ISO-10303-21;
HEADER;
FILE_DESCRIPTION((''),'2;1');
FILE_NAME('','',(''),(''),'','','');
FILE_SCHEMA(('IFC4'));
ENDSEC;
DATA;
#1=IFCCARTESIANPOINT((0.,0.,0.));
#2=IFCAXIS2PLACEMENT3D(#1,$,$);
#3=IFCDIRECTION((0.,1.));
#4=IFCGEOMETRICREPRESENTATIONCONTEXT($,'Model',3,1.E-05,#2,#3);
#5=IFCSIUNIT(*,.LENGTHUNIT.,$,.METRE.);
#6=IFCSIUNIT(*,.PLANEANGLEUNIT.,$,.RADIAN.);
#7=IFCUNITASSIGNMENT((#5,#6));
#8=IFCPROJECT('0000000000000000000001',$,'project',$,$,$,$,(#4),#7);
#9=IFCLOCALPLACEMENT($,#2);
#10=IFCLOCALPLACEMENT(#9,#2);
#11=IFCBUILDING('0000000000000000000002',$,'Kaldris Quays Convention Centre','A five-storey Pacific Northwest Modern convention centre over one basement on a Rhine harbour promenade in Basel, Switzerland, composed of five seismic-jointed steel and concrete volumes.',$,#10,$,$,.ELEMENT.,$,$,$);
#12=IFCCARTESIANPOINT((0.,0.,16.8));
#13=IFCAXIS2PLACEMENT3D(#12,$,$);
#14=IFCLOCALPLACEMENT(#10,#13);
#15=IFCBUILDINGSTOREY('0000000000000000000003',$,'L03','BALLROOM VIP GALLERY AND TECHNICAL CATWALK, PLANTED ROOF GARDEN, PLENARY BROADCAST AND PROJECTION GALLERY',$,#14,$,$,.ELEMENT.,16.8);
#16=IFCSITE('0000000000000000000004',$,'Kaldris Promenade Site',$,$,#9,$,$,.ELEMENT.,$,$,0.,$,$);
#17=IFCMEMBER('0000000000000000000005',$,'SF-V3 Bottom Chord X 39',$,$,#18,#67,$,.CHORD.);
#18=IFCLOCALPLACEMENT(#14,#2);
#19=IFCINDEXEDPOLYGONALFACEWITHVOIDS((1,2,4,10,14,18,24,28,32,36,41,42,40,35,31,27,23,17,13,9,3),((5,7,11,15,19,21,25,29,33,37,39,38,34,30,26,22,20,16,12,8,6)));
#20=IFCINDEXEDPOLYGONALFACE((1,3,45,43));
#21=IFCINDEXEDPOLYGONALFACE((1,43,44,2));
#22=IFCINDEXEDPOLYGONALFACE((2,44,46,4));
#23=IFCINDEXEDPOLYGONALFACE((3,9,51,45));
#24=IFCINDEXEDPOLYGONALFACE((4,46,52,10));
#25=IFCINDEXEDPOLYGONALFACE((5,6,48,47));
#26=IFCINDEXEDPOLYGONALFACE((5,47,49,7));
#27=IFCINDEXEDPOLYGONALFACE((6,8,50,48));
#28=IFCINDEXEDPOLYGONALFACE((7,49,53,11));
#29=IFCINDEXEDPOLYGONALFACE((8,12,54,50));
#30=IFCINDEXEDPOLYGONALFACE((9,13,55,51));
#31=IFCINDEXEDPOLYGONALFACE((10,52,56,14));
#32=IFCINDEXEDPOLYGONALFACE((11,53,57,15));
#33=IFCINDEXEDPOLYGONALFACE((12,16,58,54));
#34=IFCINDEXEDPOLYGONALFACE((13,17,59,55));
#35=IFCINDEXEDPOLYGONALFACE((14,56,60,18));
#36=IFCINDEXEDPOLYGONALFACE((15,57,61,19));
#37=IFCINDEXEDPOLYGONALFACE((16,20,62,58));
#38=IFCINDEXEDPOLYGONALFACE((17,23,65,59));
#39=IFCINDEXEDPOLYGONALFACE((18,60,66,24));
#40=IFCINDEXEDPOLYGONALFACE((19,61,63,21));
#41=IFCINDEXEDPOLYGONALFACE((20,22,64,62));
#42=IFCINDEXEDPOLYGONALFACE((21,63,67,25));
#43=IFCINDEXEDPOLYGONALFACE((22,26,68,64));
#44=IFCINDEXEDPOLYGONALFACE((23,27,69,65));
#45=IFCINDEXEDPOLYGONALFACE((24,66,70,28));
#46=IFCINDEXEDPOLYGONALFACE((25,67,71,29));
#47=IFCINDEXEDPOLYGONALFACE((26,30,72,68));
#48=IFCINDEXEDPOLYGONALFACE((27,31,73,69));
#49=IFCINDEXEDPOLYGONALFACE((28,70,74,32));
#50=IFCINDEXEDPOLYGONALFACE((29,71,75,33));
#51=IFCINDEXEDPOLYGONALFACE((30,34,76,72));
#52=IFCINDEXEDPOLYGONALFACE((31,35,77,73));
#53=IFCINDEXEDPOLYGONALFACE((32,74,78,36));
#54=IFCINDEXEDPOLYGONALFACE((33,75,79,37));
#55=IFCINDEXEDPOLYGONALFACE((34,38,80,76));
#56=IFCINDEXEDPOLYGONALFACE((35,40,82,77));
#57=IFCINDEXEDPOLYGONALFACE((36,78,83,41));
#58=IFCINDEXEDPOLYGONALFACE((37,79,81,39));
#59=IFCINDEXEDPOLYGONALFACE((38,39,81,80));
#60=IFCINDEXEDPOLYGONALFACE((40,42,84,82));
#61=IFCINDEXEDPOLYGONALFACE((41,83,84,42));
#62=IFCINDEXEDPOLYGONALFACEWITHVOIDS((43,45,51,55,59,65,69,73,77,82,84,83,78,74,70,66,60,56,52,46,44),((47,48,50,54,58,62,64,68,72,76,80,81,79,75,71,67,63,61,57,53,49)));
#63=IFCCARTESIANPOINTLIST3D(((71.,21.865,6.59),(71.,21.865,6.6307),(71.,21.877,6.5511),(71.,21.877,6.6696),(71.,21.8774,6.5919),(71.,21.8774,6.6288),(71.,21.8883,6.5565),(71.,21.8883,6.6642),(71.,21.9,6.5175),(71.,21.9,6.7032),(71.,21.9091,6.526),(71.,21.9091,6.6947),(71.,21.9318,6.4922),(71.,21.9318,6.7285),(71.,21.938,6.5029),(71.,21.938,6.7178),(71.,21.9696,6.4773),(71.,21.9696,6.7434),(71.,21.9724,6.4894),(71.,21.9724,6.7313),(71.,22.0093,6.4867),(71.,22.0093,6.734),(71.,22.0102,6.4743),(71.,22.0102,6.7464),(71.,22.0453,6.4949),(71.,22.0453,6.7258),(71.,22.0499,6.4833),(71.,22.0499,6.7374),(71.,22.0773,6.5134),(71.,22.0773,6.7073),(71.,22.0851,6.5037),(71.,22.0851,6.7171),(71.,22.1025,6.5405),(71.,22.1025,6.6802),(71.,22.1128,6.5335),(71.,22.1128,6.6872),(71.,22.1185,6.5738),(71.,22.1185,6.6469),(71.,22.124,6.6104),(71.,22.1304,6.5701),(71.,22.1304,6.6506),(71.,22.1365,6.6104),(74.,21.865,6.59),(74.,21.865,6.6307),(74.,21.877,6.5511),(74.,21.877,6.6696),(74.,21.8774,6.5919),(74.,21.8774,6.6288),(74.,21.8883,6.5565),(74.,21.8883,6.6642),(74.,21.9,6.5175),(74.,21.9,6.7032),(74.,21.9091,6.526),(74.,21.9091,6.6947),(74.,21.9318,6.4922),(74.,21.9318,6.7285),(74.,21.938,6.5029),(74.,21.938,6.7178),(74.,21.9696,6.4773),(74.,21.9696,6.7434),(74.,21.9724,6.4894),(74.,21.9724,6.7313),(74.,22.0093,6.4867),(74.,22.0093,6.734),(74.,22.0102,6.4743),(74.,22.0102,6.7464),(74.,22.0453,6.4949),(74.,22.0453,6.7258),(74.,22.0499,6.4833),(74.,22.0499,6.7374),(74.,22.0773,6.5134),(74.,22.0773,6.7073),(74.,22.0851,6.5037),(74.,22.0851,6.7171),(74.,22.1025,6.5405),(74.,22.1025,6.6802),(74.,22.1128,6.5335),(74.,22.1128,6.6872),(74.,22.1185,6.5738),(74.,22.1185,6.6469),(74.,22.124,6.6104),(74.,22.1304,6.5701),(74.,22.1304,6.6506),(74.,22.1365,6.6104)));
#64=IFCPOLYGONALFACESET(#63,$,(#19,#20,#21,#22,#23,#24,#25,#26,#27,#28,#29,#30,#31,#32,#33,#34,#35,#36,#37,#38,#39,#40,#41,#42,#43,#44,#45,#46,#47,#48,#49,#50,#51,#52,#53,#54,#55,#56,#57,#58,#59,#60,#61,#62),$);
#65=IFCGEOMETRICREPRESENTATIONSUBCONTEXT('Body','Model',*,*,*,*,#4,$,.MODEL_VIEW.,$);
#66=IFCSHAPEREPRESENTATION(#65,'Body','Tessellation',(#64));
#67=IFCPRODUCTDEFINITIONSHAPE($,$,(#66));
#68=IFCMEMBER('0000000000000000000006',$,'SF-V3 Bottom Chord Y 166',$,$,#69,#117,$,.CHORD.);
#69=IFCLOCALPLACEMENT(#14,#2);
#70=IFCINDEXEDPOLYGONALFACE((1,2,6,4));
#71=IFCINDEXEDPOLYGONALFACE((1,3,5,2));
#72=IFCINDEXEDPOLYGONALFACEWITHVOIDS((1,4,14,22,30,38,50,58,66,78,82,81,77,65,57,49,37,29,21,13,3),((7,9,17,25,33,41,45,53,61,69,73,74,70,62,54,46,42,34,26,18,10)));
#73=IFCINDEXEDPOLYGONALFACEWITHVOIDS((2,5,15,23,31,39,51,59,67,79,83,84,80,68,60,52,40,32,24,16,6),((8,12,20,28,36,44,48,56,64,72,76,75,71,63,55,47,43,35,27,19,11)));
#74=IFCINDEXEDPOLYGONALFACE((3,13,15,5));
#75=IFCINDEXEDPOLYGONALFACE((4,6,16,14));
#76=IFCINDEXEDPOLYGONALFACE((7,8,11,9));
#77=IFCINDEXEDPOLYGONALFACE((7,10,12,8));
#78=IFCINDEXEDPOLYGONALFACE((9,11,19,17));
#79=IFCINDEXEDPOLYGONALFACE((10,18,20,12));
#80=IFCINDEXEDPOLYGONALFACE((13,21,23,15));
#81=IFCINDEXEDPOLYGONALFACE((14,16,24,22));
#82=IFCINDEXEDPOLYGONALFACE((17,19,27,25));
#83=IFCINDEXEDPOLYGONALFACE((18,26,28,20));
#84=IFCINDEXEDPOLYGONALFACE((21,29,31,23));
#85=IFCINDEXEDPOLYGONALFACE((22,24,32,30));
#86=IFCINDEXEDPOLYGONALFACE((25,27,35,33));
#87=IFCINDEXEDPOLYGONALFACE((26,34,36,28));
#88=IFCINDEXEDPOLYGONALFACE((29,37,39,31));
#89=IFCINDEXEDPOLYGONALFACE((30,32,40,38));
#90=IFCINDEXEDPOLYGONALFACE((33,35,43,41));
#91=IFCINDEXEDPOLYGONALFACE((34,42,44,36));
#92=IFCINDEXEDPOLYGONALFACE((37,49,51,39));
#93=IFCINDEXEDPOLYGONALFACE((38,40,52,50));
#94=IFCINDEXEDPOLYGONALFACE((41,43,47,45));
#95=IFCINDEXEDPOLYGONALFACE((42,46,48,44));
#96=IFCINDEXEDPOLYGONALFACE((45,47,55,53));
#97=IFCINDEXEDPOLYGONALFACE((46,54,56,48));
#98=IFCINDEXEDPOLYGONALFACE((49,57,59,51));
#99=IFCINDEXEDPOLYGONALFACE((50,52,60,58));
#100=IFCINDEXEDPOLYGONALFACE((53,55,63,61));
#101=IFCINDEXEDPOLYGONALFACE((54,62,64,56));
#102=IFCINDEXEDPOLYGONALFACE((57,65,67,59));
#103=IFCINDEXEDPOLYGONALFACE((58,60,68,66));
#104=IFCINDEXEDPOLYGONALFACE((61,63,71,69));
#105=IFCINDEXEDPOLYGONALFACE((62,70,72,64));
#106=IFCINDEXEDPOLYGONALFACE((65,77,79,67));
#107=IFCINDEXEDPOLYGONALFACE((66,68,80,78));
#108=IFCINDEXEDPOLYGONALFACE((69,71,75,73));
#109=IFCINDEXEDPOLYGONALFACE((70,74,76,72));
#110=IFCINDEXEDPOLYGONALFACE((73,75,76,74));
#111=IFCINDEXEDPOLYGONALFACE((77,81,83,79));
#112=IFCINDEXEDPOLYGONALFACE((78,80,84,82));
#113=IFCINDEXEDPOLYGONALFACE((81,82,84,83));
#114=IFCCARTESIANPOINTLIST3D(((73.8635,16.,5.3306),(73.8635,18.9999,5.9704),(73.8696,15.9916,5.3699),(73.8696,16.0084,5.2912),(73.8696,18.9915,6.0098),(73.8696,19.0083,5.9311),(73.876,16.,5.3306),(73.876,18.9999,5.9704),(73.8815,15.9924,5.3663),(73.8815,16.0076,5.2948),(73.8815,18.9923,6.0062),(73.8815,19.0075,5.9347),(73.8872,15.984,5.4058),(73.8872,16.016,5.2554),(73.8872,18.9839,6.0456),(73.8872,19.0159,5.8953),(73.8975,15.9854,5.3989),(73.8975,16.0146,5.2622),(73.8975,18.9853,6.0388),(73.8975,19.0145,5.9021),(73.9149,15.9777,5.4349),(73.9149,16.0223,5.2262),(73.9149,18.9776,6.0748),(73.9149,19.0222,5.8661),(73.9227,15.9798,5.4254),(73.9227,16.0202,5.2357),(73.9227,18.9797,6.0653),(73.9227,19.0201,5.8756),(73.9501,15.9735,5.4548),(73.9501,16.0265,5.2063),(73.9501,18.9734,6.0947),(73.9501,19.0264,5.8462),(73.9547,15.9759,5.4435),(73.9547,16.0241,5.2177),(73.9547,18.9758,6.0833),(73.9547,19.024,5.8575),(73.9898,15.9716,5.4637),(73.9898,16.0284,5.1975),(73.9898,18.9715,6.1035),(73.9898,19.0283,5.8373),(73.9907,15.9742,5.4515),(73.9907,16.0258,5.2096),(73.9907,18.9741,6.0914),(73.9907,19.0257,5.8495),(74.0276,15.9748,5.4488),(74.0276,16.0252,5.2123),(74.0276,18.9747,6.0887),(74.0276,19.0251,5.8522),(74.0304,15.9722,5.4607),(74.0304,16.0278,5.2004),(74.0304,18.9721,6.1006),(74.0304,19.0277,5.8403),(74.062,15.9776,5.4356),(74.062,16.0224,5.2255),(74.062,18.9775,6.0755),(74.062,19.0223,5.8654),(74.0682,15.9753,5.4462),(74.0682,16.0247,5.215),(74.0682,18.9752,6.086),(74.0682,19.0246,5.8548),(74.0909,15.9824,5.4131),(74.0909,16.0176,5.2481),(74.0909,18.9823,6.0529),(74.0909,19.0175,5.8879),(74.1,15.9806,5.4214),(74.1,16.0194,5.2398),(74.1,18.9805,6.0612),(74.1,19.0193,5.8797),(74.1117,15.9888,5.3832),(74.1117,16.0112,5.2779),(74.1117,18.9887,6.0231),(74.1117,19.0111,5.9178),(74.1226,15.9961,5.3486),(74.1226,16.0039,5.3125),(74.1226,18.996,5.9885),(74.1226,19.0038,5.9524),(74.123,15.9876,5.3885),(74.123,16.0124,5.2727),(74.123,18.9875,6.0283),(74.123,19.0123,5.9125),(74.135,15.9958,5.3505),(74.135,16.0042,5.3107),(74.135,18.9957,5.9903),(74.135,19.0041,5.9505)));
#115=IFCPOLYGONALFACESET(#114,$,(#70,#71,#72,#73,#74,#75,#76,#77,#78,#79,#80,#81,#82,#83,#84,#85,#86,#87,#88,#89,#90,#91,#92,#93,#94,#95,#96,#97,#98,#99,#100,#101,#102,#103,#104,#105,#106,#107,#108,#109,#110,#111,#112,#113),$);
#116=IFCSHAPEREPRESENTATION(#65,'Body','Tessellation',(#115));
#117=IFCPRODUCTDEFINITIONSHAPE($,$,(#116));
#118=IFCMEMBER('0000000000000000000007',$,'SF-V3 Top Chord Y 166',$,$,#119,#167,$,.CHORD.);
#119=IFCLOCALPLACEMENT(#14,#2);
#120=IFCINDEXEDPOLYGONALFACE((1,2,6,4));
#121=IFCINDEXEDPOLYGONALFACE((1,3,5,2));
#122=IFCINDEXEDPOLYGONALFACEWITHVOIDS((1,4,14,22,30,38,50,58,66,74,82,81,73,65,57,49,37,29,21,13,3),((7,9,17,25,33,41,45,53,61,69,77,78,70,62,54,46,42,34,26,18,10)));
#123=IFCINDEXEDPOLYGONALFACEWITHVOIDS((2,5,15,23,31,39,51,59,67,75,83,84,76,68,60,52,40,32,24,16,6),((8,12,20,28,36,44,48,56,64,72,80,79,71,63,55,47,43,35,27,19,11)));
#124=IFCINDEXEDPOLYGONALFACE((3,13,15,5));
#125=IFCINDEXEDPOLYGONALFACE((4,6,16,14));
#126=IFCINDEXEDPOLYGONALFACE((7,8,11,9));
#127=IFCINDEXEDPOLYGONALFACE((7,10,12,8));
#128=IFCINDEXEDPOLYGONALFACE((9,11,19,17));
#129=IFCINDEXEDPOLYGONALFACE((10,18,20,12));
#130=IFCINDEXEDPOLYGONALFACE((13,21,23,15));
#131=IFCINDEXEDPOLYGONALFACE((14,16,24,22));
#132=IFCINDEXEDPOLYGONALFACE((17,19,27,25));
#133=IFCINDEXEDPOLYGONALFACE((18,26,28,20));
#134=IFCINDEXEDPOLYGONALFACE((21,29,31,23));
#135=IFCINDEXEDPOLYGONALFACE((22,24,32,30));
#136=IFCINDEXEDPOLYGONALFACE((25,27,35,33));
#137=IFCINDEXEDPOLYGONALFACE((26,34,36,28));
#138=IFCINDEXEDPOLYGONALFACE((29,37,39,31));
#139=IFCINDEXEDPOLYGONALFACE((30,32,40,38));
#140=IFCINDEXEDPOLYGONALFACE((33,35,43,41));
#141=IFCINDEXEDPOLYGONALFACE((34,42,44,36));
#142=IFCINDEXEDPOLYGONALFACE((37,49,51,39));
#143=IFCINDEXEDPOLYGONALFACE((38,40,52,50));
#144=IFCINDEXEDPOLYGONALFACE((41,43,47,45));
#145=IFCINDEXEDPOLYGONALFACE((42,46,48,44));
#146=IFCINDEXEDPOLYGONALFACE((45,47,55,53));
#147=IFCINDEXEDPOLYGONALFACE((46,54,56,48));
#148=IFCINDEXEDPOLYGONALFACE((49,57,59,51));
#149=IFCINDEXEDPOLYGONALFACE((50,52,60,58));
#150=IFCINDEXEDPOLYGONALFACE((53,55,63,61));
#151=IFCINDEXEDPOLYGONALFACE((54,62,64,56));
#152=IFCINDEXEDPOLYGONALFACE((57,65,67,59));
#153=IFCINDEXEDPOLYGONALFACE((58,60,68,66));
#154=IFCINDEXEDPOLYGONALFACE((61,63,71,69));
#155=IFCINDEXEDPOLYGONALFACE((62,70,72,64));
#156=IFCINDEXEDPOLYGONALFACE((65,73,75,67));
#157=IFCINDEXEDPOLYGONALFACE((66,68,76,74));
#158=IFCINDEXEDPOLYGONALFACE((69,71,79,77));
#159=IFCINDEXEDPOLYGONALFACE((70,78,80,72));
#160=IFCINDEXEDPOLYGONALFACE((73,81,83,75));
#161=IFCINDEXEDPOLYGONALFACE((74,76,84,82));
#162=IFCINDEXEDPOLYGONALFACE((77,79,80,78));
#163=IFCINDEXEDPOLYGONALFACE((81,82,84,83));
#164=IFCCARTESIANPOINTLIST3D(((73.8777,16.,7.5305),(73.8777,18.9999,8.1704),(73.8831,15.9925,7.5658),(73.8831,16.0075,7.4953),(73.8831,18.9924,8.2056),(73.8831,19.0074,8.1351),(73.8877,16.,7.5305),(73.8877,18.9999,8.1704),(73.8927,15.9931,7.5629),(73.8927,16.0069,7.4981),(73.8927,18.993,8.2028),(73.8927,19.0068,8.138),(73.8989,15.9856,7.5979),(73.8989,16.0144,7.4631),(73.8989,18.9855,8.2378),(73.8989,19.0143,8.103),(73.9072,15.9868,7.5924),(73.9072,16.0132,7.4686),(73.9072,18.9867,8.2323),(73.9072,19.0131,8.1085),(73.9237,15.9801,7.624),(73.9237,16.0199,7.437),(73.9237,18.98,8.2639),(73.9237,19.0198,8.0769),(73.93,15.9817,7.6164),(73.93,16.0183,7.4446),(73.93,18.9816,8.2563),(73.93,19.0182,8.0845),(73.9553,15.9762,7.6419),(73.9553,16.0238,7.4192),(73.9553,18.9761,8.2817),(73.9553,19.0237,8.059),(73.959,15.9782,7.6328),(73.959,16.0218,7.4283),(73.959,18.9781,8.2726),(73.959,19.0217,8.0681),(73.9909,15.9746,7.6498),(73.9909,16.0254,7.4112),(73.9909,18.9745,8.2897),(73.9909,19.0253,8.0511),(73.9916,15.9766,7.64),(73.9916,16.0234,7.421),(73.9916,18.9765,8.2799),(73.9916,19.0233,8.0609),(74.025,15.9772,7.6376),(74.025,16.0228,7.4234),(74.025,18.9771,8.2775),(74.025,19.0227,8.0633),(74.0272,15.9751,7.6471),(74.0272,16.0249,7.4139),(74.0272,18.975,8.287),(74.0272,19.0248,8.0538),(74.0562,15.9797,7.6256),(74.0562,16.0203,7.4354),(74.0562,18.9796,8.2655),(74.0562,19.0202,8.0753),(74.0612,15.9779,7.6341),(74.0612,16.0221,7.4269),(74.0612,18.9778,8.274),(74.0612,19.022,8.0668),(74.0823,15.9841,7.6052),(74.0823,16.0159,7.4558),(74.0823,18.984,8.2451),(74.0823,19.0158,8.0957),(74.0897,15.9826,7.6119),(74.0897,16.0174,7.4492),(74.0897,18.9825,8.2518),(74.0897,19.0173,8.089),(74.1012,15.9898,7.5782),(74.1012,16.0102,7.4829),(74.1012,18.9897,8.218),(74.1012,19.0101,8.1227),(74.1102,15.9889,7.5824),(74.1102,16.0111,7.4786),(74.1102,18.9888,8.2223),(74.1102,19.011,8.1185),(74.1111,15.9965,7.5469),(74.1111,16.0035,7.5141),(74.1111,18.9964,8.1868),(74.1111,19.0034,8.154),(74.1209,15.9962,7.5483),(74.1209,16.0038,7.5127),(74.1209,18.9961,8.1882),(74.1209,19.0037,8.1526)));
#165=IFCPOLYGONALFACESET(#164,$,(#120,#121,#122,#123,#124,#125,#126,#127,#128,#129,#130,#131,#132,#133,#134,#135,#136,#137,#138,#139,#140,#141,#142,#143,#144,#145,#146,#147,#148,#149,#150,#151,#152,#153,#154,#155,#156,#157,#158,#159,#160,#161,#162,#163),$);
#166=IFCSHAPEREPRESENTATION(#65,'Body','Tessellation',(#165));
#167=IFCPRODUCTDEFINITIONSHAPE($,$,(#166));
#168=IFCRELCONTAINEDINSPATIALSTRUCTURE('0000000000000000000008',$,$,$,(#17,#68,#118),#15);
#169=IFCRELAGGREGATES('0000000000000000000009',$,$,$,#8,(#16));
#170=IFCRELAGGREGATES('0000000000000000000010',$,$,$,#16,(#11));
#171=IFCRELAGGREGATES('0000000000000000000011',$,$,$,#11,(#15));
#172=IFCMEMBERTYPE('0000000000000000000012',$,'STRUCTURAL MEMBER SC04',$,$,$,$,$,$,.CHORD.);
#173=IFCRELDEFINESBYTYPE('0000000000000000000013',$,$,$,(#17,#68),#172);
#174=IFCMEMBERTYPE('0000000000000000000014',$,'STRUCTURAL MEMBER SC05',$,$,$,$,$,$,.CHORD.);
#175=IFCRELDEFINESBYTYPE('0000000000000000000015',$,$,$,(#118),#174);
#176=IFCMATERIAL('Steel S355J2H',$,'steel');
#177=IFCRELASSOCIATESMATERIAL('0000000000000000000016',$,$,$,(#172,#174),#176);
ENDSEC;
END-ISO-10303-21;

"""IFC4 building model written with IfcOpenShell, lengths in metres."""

from ifc_helpers import new_model, si_unit, direction, frame, origin, origin_2d, place, context, subcontext, project, spatial, hollow_circle, extrude, material, material_profile, profile_set, type_object, element, save


model = new_model("IFC4")

# Units and contexts
model_context = context("Model", 3, precision=1e-05, world=origin(), true_north=direction((0.0, 1.0)))
body_context = subcontext(model_context, "Body", "Model", "MODEL_VIEW")
ifc_project = project(units=[si_unit("LENGTHUNIT", "METRE"), si_unit("PLANEANGLEUNIT", "RADIAN")], contexts=[model_context])

# Site, building, storey
site_placement = place(None, origin())
site = spatial("IfcSite", under=ifc_project, at=site_placement, Name="Kaldris Promenade Site", CompositionType="ELEMENT", RefElevation=0.0)
building_placement = place(site_placement, origin())
building = spatial("IfcBuilding", under=site, at=building_placement, Name="Kaldris Quays Convention Centre", Description="A five-storey Pacific Northwest Modern convention centre over one basement on a Rhine harbour promenade in Basel, Switzerland, composed of five seismic-jointed steel and concrete volumes.", CompositionType="ELEMENT")
storey_placement = place(building_placement, frame((0.0, 0.0, 16.8)))
storey = spatial("IfcBuildingStorey", under=building, at=storey_placement, Name="L03", Description="BALLROOM VIP GALLERY AND TECHNICAL CATWALK, PLANTED ROOF GARDEN, PLENARY BROADCAST AND PROJECTION GALLERY", CompositionType="ELEMENT", Elevation=16.8)

# Members
ifc_material_1 = material(Name="Steel S355J2H", Category="steel")
ifc_material_profile_1 = material_profile(ifc_material_1, hollow_circle(Radius=0.1365, WallThickness=0.0125, at=origin_2d()), Name="CHS 273x12.5")
ifc_profile_set_1 = profile_set([ifc_material_profile_1], Name="Steel S355J2H")
member_type_1 = type_object("IfcMemberType", Name="STRUCTURAL MEMBER SC04", PredefinedType="CHORD", material=ifc_profile_set_1)
for number, where, z_axis, x_axis, name in (
    (1, (71.0, 22.0, 6.6104), (1.0, 0.0, 0.0), (0.0, 1.0, 0.0), "SF-V3 Bottom Chord X 39"),
):
    element("IfcMember", number, at=place(storey_placement, frame(where, z_axis=z_axis, x_axis=x_axis)), inside=storey, type_object=member_type_1, Name=name, PredefinedType="CHORD", context=body_context, shape_type="SweptSolid", body=[
        extrude(hollow_circle(Radius=0.1365, WallThickness=0.0125, at=origin_2d()), origin(), (0.0, 0.0, 1.0), 3.0),
    ])
member_1_placement = place(storey_placement, frame((74.0, 16.0, 5.3306), z_axis=(0.0, 0.978, 0.208605), x_axis=(-1.0, 0.0, 0.0)))
element("IfcMember", 2, at=member_1_placement, inside=storey, type_object=member_type_1, Name="SF-V3 Bottom Chord Y 166", PredefinedType="CHORD", context=body_context, shape_type="SweptSolid", body=[
    extrude(hollow_circle(Radius=0.1365, WallThickness=0.0125, at=origin_2d()), origin(), (0.0, 0.0, 1.0), 3.0674),
])
ifc_material_profile_2 = material_profile(ifc_material_1, hollow_circle(Radius=0.1223, WallThickness=0.01, at=origin_2d()), Name="CHS 244.5x10")
ifc_profile_set_2 = profile_set([ifc_material_profile_2], Name="Steel S355J2H")
member_type_2 = type_object("IfcMemberType", Name="STRUCTURAL MEMBER SC05", PredefinedType="CHORD", material=ifc_profile_set_2)
member_2_placement = place(storey_placement, frame((74.0, 16.0, 7.5305), z_axis=(0.0, 0.978, 0.208605), x_axis=(-1.0, 0.0, 0.0)))
element("IfcMember", 3, at=member_2_placement, inside=storey, type_object=member_type_2, Name="SF-V3 Top Chord Y 166", PredefinedType="CHORD", context=body_context, shape_type="SweptSolid", body=[
    extrude(hollow_circle(Radius=0.1223, WallThickness=0.01, at=origin_2d()), origin(), (0.0, 0.0, 1.0), 3.0674),
])

save(model, "model.ifc")
